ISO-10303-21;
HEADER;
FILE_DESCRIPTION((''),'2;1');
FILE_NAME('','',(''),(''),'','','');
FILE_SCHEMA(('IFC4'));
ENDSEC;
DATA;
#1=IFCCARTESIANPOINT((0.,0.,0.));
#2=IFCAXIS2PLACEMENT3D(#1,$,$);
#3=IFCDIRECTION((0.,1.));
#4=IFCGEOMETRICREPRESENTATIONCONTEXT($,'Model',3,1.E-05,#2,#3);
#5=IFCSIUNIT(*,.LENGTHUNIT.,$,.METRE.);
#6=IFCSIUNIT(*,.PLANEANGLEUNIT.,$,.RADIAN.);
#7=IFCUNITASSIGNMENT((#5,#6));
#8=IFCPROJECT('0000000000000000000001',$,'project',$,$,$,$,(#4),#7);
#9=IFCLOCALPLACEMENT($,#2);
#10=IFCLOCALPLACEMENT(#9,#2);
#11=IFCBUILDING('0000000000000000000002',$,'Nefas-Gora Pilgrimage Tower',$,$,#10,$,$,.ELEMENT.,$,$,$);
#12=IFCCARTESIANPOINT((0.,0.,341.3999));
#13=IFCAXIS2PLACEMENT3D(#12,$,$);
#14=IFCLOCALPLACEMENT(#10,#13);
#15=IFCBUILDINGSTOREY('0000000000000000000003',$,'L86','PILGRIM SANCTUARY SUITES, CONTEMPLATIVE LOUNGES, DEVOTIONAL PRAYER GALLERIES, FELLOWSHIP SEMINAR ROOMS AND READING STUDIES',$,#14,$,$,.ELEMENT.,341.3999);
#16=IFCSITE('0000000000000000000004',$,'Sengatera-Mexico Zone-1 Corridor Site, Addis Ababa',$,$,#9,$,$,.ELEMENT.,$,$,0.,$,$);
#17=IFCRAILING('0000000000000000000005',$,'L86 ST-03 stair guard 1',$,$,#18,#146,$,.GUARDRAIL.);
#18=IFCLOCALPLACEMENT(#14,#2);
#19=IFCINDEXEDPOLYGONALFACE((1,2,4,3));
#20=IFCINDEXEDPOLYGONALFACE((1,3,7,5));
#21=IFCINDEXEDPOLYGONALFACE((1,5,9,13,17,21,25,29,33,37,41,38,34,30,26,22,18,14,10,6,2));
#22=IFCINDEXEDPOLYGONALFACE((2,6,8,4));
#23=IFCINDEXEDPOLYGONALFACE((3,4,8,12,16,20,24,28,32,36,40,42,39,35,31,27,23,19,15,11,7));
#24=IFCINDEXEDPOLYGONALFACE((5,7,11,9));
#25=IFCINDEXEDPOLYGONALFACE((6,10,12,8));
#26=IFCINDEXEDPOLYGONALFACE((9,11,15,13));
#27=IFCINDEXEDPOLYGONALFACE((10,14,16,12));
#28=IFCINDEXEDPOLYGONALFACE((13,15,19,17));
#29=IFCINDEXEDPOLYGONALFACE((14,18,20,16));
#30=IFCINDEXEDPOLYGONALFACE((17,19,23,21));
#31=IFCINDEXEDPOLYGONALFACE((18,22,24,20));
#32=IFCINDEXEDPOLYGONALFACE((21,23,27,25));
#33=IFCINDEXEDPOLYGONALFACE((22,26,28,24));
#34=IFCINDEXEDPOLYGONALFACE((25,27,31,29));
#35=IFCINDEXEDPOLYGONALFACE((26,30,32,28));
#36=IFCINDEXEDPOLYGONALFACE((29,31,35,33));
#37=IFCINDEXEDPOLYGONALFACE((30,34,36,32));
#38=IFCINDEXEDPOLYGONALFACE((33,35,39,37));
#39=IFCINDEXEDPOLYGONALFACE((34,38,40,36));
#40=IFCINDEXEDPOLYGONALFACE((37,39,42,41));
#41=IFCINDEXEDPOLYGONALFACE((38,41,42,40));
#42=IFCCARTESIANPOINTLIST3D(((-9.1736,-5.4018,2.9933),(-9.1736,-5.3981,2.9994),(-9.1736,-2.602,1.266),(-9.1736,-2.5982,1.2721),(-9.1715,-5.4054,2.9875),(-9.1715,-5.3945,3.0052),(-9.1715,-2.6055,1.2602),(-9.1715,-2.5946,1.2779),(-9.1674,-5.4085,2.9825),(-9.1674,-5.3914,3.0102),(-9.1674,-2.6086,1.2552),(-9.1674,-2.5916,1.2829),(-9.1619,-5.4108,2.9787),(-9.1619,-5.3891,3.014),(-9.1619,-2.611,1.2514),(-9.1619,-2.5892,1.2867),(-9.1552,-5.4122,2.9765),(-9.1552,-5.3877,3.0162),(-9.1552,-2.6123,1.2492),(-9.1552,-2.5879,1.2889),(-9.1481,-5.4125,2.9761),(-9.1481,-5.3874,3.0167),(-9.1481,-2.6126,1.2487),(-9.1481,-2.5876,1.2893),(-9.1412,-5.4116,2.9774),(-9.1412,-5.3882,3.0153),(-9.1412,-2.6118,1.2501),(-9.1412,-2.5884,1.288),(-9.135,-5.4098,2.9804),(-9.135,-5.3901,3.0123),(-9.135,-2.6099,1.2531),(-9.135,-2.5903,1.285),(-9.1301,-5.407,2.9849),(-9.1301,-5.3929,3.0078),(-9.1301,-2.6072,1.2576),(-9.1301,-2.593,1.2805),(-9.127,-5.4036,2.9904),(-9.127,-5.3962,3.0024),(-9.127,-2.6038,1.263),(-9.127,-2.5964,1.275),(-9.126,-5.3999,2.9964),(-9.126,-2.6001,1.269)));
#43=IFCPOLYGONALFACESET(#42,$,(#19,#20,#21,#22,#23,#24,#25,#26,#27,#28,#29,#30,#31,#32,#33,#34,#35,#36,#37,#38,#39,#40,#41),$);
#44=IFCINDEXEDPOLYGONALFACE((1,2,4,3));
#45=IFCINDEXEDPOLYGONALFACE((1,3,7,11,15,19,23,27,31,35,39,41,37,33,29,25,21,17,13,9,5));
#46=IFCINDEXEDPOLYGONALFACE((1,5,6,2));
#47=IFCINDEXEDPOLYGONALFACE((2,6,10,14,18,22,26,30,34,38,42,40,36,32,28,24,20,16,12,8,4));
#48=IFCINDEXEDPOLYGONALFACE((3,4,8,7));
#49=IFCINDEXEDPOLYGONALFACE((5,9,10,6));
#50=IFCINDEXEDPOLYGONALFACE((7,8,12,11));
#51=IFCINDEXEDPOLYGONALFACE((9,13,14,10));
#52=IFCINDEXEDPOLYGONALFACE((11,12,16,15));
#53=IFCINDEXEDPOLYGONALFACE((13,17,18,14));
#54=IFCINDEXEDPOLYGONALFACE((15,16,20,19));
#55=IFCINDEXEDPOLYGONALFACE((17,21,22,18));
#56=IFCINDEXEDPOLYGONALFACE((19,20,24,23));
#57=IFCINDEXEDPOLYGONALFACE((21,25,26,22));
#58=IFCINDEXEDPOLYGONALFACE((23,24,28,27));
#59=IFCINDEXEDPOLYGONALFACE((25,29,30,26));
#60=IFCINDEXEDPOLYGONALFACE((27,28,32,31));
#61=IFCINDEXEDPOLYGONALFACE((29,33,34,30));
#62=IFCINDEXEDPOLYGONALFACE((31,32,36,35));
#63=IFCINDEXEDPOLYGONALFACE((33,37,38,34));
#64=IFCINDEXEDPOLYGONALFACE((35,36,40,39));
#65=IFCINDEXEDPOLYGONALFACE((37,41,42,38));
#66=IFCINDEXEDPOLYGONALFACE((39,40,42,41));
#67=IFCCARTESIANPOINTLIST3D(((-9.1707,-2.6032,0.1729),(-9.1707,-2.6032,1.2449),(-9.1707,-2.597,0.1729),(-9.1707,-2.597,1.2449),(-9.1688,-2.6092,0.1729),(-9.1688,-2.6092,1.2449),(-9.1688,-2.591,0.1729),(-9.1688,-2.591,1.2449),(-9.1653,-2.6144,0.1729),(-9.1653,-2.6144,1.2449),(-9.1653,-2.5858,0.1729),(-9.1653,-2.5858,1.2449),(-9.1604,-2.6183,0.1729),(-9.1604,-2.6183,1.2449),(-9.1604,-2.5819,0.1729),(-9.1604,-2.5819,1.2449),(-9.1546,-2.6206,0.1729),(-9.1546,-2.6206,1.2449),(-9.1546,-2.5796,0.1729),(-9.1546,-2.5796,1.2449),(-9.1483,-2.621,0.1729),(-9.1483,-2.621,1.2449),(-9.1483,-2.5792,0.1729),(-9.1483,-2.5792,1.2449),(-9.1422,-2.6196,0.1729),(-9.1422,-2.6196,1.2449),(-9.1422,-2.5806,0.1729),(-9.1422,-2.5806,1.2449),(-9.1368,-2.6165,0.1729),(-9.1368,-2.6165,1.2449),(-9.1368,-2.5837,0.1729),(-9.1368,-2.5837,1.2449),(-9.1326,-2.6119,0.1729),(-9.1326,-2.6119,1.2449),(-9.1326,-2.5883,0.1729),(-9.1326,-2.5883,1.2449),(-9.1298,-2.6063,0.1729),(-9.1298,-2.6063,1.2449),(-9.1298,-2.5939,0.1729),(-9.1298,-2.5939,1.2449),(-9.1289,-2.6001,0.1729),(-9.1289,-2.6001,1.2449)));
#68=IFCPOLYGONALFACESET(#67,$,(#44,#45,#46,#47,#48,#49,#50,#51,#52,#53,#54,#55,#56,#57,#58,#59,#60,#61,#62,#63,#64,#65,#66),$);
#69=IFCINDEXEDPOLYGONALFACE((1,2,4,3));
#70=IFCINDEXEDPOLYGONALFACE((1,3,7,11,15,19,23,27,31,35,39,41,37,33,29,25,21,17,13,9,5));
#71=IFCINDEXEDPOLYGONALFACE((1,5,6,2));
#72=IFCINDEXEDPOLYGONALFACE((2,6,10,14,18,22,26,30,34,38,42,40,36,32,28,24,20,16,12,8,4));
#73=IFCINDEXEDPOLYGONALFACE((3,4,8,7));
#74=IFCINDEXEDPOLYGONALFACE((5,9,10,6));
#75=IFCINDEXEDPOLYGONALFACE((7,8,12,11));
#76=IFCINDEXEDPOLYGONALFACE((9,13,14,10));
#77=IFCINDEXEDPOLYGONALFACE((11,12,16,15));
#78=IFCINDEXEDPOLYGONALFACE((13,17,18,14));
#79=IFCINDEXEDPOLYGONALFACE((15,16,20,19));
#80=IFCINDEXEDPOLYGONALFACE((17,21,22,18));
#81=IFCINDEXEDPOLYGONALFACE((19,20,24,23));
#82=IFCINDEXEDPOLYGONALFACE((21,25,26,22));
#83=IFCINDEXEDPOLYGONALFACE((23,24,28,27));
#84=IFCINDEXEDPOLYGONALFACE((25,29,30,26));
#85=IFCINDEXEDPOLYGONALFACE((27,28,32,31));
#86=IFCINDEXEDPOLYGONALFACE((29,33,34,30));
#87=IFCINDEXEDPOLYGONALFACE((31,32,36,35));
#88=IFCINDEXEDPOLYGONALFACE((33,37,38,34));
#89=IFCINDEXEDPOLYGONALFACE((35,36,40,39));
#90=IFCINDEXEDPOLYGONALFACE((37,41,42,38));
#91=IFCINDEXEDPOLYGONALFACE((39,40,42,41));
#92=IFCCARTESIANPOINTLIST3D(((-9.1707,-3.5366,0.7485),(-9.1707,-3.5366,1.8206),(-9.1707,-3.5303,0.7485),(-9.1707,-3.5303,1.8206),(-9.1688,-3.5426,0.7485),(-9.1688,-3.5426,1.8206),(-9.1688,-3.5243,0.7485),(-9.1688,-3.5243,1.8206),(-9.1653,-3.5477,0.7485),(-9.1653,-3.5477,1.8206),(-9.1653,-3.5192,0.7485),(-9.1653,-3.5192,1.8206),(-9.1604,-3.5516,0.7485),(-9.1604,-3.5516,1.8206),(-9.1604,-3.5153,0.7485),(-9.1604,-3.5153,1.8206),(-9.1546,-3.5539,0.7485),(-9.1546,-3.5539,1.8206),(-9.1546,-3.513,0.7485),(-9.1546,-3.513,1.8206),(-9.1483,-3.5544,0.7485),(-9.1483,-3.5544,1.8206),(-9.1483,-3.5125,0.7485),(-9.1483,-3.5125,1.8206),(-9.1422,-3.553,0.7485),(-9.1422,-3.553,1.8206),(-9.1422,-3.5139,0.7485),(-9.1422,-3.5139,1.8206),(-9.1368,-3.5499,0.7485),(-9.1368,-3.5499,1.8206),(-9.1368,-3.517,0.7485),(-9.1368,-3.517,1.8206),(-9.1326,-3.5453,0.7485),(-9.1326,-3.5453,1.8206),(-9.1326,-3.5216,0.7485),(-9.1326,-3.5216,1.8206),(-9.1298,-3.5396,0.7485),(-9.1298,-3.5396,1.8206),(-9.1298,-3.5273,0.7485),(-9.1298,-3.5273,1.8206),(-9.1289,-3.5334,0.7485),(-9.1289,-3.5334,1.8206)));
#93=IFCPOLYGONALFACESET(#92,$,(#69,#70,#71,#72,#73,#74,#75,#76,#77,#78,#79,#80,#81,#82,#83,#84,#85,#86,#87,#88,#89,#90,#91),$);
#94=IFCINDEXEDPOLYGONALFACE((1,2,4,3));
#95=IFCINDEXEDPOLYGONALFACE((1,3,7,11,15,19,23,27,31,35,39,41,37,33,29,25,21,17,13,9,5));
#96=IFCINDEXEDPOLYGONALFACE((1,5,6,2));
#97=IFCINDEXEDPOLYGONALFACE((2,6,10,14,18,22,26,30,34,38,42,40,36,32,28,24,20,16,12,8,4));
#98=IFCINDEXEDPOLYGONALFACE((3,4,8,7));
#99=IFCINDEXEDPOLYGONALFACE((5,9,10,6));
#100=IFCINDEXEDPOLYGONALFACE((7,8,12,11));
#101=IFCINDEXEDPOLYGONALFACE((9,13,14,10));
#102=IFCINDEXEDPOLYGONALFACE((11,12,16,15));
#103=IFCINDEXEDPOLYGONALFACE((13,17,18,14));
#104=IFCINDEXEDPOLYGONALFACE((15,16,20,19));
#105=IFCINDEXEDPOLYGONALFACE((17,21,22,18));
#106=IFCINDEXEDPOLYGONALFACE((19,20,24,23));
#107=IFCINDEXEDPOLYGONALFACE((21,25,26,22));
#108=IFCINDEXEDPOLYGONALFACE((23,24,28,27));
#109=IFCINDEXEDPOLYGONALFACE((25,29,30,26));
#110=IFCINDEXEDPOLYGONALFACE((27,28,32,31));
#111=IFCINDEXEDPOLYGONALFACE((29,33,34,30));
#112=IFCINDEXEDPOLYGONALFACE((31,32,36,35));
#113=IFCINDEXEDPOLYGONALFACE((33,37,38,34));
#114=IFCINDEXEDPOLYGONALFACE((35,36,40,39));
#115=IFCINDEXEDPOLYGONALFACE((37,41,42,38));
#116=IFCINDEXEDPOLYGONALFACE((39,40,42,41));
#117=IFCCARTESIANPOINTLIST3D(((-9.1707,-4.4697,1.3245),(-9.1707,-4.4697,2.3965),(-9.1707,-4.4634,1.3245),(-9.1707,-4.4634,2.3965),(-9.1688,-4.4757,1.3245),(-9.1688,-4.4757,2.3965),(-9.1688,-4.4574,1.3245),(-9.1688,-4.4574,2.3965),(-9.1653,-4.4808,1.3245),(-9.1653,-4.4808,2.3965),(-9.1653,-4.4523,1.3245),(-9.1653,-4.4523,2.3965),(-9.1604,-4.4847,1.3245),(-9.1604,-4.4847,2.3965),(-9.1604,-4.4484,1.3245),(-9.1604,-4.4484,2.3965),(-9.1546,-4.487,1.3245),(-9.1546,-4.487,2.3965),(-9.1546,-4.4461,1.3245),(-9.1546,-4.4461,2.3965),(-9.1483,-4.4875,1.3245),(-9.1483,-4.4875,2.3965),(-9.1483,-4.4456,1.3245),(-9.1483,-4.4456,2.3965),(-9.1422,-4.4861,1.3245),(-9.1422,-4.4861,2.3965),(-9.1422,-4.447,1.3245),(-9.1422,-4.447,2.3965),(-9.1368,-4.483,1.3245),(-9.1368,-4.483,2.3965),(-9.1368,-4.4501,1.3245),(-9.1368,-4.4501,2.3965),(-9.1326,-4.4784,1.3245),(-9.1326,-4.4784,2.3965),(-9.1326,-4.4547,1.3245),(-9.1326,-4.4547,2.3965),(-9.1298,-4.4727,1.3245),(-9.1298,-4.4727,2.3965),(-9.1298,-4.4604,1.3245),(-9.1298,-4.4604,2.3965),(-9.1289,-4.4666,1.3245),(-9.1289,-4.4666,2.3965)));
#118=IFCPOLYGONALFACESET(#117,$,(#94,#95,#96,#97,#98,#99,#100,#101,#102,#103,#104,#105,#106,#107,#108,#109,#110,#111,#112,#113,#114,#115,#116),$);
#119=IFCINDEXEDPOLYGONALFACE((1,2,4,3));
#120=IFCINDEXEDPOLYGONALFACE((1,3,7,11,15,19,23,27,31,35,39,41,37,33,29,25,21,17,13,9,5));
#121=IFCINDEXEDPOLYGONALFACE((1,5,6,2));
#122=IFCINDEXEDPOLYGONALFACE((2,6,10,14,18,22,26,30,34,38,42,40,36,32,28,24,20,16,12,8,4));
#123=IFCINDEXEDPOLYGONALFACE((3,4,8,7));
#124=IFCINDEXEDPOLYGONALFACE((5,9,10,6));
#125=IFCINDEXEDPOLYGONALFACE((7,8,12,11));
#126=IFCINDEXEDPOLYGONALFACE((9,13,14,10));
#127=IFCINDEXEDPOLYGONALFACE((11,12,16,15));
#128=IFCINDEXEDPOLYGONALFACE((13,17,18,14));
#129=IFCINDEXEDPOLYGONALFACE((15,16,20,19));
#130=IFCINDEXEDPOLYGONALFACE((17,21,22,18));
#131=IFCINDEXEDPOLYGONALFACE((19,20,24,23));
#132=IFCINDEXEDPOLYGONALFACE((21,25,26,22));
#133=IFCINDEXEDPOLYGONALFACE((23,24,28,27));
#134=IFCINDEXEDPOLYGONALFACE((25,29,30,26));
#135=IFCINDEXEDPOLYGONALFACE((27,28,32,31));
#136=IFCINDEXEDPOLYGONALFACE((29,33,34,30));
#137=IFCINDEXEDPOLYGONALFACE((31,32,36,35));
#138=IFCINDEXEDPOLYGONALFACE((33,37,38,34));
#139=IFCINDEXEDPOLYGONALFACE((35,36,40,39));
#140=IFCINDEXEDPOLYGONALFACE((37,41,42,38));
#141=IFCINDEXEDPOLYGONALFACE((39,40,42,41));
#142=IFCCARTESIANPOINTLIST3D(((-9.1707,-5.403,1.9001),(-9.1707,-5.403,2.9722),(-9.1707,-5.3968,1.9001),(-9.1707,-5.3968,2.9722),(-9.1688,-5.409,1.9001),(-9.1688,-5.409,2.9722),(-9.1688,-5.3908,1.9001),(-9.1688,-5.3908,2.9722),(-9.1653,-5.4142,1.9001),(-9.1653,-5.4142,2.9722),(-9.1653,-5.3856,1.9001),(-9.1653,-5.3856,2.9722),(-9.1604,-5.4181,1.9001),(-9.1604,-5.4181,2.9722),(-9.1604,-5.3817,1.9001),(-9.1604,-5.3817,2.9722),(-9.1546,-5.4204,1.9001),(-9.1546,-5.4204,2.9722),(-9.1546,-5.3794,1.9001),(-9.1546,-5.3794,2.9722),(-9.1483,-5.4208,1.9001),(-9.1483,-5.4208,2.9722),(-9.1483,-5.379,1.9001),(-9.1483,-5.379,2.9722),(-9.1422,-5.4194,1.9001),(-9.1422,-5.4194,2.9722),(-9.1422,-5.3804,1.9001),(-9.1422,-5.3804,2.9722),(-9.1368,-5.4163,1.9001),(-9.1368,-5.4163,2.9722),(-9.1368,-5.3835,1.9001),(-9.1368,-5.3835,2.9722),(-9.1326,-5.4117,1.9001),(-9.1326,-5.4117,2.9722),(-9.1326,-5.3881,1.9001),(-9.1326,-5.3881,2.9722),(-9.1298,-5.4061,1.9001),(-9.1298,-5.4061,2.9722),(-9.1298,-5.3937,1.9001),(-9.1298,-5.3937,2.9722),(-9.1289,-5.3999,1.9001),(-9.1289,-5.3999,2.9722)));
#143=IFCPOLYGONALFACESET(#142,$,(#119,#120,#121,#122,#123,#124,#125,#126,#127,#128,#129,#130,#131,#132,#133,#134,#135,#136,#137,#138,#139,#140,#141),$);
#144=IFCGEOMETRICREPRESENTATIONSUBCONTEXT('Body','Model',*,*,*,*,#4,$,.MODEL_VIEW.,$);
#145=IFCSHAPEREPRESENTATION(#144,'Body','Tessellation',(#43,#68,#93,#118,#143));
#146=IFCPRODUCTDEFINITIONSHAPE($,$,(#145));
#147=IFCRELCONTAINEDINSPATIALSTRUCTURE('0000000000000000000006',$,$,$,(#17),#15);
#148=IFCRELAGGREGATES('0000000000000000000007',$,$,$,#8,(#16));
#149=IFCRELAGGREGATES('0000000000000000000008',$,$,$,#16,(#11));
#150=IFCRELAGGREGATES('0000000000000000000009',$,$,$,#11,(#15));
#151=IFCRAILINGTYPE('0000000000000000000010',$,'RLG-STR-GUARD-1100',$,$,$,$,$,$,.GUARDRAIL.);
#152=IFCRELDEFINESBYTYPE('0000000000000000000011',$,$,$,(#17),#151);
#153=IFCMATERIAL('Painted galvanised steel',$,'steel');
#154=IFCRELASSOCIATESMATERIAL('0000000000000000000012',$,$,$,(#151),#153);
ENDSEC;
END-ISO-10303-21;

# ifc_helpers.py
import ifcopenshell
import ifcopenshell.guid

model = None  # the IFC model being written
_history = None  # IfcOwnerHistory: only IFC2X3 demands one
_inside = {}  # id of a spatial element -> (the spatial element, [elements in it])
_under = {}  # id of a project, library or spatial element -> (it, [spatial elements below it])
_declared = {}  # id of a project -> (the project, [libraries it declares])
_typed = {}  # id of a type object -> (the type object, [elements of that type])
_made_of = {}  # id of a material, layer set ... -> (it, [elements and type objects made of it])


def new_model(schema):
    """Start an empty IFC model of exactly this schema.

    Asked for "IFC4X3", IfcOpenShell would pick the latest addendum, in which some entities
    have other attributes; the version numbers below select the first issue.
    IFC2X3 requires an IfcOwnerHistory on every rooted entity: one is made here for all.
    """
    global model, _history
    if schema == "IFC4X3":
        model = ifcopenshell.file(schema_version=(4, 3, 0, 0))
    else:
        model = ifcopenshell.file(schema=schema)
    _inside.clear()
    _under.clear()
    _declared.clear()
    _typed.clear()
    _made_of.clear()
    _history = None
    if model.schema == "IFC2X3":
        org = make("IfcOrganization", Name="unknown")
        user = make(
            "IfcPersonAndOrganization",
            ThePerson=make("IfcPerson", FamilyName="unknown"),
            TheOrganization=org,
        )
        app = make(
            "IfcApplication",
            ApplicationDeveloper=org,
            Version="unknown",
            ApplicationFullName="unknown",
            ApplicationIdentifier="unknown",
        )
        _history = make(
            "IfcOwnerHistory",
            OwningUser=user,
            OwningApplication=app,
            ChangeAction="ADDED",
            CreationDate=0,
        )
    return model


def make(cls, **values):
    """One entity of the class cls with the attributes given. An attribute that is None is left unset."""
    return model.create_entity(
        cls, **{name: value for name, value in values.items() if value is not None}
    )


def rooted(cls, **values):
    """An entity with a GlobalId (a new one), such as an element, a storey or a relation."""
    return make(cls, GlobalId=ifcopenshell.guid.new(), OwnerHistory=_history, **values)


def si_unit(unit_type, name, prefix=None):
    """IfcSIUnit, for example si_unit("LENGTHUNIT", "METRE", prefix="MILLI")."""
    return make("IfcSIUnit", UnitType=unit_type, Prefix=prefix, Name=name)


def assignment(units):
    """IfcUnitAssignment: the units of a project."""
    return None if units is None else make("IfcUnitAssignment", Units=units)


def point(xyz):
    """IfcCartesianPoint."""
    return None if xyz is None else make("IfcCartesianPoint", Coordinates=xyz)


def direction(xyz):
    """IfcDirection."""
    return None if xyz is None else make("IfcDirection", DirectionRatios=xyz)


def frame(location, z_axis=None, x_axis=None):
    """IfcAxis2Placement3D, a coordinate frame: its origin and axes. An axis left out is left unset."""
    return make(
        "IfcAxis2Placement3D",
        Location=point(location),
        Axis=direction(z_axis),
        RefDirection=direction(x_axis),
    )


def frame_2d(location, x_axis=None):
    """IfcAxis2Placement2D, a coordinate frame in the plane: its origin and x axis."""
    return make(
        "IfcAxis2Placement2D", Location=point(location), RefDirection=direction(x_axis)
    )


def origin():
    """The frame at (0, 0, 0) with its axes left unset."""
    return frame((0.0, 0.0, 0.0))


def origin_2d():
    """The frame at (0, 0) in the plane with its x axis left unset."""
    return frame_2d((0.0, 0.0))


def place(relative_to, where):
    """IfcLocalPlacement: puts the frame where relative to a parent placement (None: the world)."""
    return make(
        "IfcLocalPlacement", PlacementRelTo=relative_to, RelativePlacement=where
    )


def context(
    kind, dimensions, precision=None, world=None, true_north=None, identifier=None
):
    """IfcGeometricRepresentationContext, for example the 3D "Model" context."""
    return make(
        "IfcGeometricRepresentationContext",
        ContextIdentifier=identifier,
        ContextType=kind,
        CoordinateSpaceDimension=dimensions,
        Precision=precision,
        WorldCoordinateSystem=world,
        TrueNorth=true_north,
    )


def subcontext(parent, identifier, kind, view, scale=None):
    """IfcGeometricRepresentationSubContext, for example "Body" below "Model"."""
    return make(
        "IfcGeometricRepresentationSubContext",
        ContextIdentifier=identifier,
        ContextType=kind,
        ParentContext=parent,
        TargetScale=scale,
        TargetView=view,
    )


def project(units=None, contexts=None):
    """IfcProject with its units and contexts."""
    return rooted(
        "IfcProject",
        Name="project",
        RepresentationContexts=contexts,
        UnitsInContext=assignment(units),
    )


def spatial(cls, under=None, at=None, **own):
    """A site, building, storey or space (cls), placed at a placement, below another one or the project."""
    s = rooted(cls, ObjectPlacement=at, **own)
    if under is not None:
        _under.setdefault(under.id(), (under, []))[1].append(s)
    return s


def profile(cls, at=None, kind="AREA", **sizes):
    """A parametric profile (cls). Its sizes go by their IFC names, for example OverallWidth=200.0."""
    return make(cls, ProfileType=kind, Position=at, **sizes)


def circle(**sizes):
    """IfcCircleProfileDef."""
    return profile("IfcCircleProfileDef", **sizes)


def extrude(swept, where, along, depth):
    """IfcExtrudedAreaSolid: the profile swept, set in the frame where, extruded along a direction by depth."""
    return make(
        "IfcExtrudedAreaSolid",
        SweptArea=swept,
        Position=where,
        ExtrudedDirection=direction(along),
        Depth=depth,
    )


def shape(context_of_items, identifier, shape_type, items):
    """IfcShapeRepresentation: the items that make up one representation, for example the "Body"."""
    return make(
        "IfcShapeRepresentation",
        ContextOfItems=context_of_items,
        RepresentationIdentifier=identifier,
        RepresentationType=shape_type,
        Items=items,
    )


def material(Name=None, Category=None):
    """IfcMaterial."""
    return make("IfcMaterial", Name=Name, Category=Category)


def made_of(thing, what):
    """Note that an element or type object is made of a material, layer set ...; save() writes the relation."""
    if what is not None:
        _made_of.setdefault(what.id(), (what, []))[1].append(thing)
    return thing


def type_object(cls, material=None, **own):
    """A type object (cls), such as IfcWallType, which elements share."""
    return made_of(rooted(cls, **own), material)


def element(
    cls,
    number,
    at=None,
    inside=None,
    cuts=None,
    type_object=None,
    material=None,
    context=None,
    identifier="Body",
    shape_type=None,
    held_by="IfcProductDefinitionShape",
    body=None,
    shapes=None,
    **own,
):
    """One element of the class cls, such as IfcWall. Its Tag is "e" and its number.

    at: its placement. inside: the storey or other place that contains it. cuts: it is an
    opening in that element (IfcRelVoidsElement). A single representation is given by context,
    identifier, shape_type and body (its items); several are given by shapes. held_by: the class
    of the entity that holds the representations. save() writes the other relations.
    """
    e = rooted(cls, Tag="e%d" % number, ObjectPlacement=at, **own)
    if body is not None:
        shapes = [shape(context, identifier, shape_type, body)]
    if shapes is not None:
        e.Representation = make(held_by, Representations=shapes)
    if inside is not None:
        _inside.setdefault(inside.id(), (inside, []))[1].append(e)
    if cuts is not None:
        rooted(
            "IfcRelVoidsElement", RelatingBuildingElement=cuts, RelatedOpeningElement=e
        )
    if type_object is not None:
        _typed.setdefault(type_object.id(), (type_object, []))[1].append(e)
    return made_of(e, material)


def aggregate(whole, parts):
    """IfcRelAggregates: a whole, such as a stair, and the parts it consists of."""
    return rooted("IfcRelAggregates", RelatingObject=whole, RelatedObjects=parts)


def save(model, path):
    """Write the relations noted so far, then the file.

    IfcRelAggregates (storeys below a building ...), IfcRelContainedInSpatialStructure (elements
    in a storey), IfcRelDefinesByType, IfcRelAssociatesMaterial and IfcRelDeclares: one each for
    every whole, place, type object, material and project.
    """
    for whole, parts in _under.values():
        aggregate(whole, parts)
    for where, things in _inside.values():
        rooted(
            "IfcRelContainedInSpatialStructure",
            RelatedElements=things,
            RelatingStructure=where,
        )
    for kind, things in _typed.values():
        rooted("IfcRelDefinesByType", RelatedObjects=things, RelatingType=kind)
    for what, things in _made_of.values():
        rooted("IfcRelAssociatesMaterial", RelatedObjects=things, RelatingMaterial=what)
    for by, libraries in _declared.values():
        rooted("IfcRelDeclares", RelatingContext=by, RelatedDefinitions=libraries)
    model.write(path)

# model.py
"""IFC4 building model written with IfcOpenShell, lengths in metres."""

from ifc_helpers import new_model, si_unit, direction, frame, origin, origin_2d, place, context, subcontext, project, spatial, circle, extrude, material, type_object, element, save


model = new_model("IFC4")

# Units and contexts
model_context = context("Model", 3, precision=1e-05, world=origin(), true_north=direction((0.0, 1.0)))
body_context = subcontext(model_context, "Body", "Model", "MODEL_VIEW")
ifc_project = project(units=[si_unit("LENGTHUNIT", "METRE"), si_unit("PLANEANGLEUNIT", "RADIAN")], contexts=[model_context])

# Site, building, storey
site_placement = place(None, origin())
site = spatial("IfcSite", under=ifc_project, at=site_placement, Name="Sengatera-Mexico Zone-1 Corridor Site, Addis Ababa", CompositionType="ELEMENT", RefElevation=0.0)
building_placement = place(site_placement, origin())
building = spatial("IfcBuilding", under=site, at=building_placement, Name="Nefas-Gora Pilgrimage Tower", CompositionType="ELEMENT")
storey_placement = place(building_placement, frame((0.0, 0.0, 341.3999)))
storey = spatial("IfcBuildingStorey", under=building, at=storey_placement, Name="L86", Description="PILGRIM SANCTUARY SUITES, CONTEMPLATIVE LOUNGES, DEVOTIONAL PRAYER GALLERIES, FELLOWSHIP SEMINAR ROOMS AND READING STUDIES", CompositionType="ELEMENT", Elevation=341.3999)

# Railing
ifc_material_1 = material(Name="Painted galvanised steel", Category="steel")
railing_type_1 = type_object("IfcRailingType", Name="RLG-STR-GUARD-1100", PredefinedType="GUARDRAIL", material=ifc_material_1)
railing_1_placement = place(storey_placement, frame((-9.1499, -2.6001, 0.1729)))
element("IfcRailing", 1, at=railing_1_placement, inside=storey, type_object=railing_type_1, Name="L86 ST-03 stair guard 1", PredefinedType="GUARDRAIL", context=body_context, shape_type="SweptSolid", body=[
    extrude(circle(Radius=0.0239, at=origin_2d()), frame((0.0, 0.0, 1.0962), z_axis=(0.0, -0.851069, 0.525054), x_axis=(1.0, 0.0, 0.0)), (0.0, 0.0, 1.0), 3.2898),
    extrude(circle(Radius=0.021, at=origin_2d()), origin(), (0.0, 0.0, 1.0), 1.072),
    extrude(circle(Radius=0.021, at=origin_2d()), frame((0.0, -0.9333, 0.5757)), (0.0, 0.0, 1.0), 1.072),
    extrude(circle(Radius=0.021, at=origin_2d()), frame((0.0, -1.8665, 1.1516)), (0.0, 0.0, 1.0), 1.072),
    extrude(circle(Radius=0.021, at=origin_2d()), frame((0.0, -2.7998, 1.7273)), (0.0, 0.0, 1.0), 1.072),
])

save(model, "model.ifc")
